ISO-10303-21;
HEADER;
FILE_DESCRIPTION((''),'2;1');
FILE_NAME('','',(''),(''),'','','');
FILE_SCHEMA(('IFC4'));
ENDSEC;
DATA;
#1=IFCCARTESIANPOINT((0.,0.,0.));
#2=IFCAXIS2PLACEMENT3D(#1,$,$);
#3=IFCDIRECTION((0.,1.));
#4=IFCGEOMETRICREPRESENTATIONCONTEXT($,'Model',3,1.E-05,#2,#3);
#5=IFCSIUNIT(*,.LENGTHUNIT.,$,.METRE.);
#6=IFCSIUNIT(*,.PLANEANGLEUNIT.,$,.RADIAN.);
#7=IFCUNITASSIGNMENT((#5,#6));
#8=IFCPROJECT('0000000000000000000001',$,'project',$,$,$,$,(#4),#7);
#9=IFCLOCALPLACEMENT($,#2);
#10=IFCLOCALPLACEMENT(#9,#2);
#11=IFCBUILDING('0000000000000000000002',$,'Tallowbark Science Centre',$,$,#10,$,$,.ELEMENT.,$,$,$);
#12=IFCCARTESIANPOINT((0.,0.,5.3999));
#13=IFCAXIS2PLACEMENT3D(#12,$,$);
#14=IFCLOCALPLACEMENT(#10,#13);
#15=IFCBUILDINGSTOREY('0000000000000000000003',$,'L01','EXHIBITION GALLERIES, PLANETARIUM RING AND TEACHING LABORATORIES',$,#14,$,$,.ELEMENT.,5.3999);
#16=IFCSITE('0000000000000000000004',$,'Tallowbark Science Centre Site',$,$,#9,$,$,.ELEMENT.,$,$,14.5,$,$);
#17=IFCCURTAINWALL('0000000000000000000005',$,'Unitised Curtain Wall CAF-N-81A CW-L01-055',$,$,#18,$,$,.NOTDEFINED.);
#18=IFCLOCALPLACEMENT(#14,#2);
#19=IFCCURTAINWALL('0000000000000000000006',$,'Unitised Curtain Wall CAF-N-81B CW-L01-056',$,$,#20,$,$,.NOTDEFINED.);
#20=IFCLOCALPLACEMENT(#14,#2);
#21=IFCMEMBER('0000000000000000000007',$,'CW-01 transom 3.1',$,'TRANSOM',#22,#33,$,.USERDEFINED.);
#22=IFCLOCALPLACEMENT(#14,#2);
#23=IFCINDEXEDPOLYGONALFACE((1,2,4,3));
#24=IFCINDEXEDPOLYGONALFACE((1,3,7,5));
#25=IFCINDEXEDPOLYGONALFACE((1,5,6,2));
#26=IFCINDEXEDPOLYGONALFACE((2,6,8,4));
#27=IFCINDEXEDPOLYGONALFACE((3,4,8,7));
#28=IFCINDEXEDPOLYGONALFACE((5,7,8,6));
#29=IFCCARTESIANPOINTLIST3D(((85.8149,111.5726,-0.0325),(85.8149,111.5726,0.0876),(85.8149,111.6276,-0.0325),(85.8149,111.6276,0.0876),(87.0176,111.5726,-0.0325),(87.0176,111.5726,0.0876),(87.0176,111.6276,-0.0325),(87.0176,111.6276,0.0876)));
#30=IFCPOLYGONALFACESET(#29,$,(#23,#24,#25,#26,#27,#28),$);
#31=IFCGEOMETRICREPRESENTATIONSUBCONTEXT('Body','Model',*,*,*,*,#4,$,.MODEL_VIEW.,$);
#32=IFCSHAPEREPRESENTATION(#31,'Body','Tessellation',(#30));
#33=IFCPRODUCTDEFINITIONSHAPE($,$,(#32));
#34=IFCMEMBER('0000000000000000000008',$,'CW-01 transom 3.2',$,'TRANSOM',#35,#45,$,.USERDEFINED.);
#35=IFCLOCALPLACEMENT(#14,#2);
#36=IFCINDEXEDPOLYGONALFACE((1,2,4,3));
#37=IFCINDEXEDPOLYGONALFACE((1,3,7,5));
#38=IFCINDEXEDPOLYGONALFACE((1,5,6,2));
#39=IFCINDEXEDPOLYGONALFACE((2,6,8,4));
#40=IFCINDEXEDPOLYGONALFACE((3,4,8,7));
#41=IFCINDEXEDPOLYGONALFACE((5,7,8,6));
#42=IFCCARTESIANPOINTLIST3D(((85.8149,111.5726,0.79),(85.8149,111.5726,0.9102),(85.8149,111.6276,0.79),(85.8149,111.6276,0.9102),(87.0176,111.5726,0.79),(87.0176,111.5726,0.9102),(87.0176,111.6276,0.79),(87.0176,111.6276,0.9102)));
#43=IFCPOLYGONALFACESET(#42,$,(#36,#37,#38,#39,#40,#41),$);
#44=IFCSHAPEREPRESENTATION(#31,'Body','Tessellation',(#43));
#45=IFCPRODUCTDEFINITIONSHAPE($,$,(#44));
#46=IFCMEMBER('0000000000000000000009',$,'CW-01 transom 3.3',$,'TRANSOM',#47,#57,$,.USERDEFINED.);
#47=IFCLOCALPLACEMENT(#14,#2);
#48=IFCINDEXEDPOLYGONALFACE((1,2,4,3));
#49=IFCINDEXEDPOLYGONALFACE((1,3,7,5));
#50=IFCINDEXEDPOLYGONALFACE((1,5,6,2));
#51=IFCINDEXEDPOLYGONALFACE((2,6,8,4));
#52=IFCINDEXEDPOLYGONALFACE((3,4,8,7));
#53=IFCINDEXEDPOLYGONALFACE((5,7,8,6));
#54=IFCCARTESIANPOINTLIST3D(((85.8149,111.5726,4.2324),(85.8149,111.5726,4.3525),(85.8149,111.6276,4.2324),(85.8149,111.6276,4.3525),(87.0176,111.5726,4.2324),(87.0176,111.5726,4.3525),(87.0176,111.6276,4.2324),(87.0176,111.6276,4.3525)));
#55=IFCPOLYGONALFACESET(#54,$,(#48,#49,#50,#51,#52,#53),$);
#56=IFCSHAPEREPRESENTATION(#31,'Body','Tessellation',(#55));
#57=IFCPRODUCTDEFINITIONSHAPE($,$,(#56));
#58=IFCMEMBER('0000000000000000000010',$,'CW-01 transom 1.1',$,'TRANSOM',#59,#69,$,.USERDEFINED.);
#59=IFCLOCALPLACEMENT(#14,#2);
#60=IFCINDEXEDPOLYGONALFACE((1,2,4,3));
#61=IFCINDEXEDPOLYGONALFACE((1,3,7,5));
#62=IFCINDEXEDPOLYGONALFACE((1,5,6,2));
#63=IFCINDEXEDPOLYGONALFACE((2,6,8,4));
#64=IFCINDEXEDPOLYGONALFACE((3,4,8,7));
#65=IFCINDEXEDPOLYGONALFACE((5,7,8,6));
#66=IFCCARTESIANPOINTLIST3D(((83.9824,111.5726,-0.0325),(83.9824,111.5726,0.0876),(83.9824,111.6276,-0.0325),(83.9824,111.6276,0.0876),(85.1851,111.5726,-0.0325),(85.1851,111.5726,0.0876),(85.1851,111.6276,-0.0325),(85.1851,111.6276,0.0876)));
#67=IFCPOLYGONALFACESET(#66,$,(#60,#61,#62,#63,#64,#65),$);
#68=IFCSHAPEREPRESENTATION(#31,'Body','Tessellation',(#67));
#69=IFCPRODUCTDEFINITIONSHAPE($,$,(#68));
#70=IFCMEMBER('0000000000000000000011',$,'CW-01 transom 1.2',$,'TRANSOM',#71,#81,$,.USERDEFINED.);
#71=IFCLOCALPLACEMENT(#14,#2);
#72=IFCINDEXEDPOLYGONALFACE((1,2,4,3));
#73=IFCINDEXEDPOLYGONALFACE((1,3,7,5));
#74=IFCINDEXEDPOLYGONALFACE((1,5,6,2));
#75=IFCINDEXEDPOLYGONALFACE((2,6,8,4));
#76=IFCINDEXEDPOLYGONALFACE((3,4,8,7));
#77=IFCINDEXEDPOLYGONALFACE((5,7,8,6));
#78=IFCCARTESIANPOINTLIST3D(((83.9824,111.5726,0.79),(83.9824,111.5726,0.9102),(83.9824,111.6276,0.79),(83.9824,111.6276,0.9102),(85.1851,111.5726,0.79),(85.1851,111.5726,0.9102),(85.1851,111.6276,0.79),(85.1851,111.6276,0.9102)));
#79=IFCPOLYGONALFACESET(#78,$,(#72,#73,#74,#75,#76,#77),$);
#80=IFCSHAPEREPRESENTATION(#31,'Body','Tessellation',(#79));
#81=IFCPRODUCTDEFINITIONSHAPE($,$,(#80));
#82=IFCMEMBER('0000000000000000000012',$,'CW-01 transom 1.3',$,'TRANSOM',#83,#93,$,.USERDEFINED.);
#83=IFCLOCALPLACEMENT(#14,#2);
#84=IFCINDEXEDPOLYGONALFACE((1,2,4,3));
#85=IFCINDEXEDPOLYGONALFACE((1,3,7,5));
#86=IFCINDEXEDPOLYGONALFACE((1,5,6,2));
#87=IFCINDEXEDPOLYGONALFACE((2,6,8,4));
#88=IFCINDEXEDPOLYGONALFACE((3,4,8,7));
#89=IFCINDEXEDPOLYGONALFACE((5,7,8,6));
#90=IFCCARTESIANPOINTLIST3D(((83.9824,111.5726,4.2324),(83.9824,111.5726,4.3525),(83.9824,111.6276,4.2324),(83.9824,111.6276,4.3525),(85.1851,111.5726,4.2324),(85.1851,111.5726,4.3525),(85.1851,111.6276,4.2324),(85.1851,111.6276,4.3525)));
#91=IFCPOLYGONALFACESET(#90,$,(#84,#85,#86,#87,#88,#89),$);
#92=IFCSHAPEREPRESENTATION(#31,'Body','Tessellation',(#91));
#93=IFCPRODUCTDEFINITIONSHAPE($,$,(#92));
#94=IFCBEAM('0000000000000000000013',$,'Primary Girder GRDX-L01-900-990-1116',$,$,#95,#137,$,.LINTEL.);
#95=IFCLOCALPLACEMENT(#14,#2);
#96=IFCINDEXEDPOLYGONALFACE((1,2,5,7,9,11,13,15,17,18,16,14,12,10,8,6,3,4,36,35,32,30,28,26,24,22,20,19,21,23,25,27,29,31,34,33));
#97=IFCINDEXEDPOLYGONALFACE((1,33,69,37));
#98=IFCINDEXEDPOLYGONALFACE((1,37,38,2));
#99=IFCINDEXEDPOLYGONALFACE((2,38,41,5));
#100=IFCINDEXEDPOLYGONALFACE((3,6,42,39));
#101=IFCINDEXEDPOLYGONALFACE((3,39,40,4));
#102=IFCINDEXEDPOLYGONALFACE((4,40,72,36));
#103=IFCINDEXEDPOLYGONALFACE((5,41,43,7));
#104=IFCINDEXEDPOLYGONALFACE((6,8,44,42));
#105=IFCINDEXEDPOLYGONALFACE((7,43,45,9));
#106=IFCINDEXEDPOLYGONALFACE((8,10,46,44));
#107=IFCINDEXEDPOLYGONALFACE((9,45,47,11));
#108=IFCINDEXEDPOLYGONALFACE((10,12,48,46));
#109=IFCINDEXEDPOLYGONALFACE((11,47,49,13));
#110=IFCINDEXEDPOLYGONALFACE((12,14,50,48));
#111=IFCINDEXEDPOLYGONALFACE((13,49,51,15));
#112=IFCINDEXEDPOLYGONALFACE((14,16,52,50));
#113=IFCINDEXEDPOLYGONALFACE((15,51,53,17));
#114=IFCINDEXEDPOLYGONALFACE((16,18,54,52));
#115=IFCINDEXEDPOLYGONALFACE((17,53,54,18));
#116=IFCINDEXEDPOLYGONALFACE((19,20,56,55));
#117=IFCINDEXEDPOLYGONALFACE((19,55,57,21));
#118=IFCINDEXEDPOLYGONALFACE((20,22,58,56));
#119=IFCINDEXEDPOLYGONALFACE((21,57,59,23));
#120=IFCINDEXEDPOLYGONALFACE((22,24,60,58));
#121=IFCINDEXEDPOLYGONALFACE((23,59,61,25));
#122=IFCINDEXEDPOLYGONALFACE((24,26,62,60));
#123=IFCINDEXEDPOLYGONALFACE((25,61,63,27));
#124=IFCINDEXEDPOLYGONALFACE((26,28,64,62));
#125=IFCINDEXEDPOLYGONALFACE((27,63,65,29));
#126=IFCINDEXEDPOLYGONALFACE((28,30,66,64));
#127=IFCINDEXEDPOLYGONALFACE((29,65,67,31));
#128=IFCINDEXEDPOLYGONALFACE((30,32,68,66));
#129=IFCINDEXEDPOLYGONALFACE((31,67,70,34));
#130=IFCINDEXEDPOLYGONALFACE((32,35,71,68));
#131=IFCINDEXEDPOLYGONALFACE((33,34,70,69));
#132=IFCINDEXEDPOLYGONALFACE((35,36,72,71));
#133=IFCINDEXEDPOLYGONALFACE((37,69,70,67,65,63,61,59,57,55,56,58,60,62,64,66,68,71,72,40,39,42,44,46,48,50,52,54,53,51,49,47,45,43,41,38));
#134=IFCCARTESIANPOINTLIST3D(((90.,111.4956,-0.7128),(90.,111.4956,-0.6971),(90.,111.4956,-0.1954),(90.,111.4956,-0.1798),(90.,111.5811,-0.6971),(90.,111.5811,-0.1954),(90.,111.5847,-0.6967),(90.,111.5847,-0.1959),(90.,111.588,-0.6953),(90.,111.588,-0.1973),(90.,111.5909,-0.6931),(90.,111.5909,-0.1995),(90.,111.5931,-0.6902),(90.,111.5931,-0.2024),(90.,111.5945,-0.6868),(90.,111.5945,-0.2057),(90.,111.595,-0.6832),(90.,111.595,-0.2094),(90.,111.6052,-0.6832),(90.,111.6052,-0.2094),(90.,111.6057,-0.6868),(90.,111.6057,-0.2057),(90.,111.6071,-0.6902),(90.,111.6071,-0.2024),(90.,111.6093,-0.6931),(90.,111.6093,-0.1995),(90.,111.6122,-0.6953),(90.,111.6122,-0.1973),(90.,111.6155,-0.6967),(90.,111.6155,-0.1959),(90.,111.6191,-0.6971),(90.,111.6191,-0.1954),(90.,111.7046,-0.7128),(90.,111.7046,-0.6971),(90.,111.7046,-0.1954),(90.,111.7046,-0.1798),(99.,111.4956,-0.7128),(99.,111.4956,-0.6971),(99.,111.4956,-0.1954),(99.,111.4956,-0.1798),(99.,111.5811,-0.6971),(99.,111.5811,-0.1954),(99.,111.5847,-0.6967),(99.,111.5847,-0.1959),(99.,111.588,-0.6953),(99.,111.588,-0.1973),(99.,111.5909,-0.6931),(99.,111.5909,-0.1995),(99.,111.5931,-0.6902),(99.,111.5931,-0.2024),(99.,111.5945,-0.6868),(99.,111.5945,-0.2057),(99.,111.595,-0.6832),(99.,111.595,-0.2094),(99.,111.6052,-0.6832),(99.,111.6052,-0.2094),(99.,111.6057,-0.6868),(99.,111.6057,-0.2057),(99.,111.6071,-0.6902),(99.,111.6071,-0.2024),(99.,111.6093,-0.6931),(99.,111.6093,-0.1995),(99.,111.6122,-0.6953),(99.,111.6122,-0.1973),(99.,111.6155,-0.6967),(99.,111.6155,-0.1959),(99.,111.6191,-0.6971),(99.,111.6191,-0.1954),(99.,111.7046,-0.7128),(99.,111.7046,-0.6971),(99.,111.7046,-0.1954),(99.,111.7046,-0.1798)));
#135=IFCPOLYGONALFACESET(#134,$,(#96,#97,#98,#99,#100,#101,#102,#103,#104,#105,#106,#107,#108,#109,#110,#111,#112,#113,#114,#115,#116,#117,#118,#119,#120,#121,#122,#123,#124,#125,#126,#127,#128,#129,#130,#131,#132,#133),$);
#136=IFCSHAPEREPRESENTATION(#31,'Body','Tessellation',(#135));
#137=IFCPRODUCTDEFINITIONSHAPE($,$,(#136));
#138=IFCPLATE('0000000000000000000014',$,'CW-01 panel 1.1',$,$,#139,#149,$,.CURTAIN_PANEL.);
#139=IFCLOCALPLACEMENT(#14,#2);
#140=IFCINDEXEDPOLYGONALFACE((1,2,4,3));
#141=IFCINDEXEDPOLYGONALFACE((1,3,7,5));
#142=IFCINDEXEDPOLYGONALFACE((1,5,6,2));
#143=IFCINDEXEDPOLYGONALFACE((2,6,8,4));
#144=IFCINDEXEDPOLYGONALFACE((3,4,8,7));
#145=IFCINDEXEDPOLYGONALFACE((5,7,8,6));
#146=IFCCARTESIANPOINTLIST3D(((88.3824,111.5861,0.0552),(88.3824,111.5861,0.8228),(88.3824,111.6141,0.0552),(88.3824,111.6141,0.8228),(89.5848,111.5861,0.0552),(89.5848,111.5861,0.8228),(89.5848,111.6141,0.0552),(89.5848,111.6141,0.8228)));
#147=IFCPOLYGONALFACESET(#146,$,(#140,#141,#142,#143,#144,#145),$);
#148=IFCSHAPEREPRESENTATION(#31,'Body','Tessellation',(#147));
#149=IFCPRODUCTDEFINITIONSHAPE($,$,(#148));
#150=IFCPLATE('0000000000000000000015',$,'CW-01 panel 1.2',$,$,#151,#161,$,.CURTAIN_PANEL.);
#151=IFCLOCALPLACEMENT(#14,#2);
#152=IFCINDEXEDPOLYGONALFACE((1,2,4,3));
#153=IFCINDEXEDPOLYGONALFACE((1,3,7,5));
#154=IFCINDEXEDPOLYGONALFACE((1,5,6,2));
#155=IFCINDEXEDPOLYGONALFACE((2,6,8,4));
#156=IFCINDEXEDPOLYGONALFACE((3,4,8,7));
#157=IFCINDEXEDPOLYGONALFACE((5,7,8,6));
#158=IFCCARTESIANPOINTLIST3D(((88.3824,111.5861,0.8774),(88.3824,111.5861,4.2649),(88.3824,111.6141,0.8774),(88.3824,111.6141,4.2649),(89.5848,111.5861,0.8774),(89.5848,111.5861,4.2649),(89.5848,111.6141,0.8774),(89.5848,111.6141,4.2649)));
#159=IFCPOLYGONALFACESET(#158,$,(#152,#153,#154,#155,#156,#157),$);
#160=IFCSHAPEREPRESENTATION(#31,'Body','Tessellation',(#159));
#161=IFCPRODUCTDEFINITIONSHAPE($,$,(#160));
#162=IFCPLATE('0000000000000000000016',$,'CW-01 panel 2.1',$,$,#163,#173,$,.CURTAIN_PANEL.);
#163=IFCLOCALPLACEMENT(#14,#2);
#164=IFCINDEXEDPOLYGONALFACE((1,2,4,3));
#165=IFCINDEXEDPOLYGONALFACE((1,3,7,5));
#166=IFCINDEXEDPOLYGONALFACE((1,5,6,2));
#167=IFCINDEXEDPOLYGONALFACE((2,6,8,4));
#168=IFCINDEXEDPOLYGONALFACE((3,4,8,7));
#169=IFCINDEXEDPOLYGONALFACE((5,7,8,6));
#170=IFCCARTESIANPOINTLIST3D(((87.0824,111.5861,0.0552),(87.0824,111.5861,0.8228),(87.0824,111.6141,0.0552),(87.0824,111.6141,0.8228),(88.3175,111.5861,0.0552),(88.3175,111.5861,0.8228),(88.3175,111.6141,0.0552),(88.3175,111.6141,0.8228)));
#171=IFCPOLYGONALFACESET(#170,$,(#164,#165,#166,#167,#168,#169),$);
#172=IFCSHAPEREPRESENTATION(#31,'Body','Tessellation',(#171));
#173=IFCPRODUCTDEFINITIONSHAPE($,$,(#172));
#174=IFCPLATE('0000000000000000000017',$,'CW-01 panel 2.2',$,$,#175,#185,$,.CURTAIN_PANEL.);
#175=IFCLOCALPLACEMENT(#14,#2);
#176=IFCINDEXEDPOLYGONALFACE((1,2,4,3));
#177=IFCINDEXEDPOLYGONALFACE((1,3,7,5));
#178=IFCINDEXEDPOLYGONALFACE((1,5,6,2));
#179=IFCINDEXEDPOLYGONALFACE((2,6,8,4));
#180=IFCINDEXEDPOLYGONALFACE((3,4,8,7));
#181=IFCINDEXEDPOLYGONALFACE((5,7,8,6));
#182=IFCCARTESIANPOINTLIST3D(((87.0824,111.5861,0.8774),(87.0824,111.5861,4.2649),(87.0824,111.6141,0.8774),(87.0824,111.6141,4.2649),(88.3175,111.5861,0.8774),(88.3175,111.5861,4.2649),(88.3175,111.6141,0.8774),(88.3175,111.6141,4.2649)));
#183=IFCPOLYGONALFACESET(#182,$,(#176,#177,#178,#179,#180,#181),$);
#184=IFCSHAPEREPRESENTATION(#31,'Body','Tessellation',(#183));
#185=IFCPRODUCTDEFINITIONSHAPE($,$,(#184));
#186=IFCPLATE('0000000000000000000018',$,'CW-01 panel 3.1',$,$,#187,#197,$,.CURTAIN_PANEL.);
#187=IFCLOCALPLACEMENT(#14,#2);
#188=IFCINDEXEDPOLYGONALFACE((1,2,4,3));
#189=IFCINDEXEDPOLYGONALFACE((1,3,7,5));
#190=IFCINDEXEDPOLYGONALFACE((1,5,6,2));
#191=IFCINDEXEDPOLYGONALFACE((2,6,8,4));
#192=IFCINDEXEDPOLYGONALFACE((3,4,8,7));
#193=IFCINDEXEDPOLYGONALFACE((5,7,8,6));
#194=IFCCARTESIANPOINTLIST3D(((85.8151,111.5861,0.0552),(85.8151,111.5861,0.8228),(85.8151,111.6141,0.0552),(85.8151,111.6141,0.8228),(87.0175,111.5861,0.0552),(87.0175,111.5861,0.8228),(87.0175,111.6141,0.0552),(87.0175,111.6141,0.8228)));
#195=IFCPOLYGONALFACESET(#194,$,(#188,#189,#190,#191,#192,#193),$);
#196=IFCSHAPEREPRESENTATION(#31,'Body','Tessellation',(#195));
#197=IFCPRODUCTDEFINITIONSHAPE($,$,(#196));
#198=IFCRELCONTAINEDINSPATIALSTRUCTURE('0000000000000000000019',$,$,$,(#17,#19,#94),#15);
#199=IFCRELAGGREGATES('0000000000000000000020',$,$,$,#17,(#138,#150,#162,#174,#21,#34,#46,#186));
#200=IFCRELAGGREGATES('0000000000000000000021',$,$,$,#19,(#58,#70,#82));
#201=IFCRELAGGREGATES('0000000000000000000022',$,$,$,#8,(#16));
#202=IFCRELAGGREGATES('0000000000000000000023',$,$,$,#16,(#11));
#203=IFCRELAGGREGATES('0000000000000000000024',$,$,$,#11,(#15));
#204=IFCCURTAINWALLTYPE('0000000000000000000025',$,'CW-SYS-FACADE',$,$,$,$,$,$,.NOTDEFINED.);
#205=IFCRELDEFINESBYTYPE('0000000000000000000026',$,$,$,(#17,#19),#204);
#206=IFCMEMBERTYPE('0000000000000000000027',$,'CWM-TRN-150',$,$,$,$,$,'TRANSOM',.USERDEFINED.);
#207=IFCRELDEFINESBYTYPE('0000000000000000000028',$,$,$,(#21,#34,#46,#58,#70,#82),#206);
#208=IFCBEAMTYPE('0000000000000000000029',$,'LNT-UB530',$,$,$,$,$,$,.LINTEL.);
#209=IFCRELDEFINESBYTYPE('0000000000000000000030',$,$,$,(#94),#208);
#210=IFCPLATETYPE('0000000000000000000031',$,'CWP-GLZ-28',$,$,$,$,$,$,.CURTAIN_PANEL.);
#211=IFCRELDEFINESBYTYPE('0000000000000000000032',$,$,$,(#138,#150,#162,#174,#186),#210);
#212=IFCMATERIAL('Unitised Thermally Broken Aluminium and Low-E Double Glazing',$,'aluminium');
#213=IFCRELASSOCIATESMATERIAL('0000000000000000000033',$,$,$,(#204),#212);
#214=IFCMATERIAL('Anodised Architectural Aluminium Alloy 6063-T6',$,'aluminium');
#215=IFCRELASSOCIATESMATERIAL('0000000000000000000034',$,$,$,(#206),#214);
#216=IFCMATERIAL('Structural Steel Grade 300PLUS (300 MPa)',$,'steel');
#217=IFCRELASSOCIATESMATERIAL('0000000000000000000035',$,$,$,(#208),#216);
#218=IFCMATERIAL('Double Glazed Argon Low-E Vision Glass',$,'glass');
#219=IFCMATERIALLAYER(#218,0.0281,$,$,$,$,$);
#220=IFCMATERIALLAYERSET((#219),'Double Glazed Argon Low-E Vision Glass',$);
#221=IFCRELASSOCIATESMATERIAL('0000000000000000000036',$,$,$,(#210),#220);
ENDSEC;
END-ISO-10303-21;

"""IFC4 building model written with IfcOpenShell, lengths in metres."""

from ifc_helpers import new_model, si_unit, direction, frame, origin, origin_2d, place, context, subcontext, project, spatial, rectangle, i_section, extrude, material, layer, layer_set, material_profile, profile_set, type_object, element, aggregate, save


model = new_model("IFC4")

# Units and contexts
model_context = context("Model", 3, precision=1e-05, world=origin(), true_north=direction((0.0, 1.0)))
body_context = subcontext(model_context, "Body", "Model", "MODEL_VIEW")
ifc_project = project(units=[si_unit("LENGTHUNIT", "METRE"), si_unit("PLANEANGLEUNIT", "RADIAN")], contexts=[model_context])

# Site, building, storey
site_placement = place(None, origin())
site = spatial("IfcSite", under=ifc_project, at=site_placement, Name="Tallowbark Science Centre Site", CompositionType="ELEMENT", RefElevation=14.5)
building_placement = place(site_placement, origin())
building = spatial("IfcBuilding", under=site, at=building_placement, Name="Tallowbark Science Centre", CompositionType="ELEMENT")
storey_placement = place(building_placement, frame((0.0, 0.0, 5.3999)))
storey = spatial("IfcBuildingStorey", under=building, at=storey_placement, Name="L01", Description="EXHIBITION GALLERIES, PLANETARIUM RING AND TEACHING LABORATORIES", CompositionType="ELEMENT", Elevation=5.3999)

# Shared definitions
ifc_material_1 = material(Name="Structural Steel Grade 300PLUS (300 MPa)", Category="steel")

# Curtain wall
ifc_material_2 = material(Name="Unitised Thermally Broken Aluminium and Low-E Double Glazing", Category="aluminium")
curtain_wall_type = type_object("IfcCurtainWallType", Name="CW-SYS-FACADE", PredefinedType="NOTDEFINED", material=ifc_material_2)
curtain_wall_1_placement = place(storey_placement, origin())
curtain_wall_1 = element("IfcCurtainWall", 1, at=curtain_wall_1_placement, inside=storey, type_object=curtain_wall_type, Name="Unitised Curtain Wall CAF-N-81A CW-L01-055", PredefinedType="NOTDEFINED")
ifc_material_3 = material(Name="Anodised Architectural Aluminium Alloy 6063-T6", Category="aluminium")

# Curtain wall
curtain_wall_2_placement = place(storey_placement, origin())
curtain_wall_2 = element("IfcCurtainWall", 2, at=curtain_wall_2_placement, inside=storey, type_object=curtain_wall_type, Name="Unitised Curtain Wall CAF-N-81B CW-L01-056", PredefinedType="NOTDEFINED")

# Members
ifc_material_profile_1 = material_profile(ifc_material_3, rectangle(XDim=0.0549, YDim=0.1201, at=origin_2d()), Name="ALU55x120")
ifc_profile_set_1 = profile_set([ifc_material_profile_1], Name="Anodised Architectural Aluminium Alloy 6063-T6")
member_type_1 = type_object("IfcMemberType", Name="CWM-TRN-150", ElementType="TRANSOM", PredefinedType="USERDEFINED", material=ifc_profile_set_1)
member_1_placement = place(storey_placement, frame((87.0176, 111.6001, 0.0276), z_axis=(-1.0, 0.0, 0.0), x_axis=(0.0, -1.0, 0.0)))
member_1 = element("IfcMember", 3, at=member_1_placement, type_object=member_type_1, Name="CW-01 transom 3.1", ObjectType="TRANSOM", PredefinedType="USERDEFINED", context=body_context, shape_type="SweptSolid", body=[
    extrude(rectangle(XDim=0.0549, YDim=0.1201, at=origin_2d()), origin(), (0.0, 0.0, 1.0), 1.2026),
])
member_2_placement = place(storey_placement, frame((87.0176, 111.6001, 0.8501), z_axis=(-1.0, 0.0, 0.0), x_axis=(0.0, -1.0, 0.0)))
member_2 = element("IfcMember", 4, at=member_2_placement, type_object=member_type_1, Name="CW-01 transom 3.2", ObjectType="TRANSOM", PredefinedType="USERDEFINED", context=body_context, shape_type="SweptSolid", body=[
    extrude(rectangle(XDim=0.0549, YDim=0.1201, at=origin_2d()), origin(), (0.0, 0.0, 1.0), 1.2026),
])
member_3_placement = place(storey_placement, frame((87.0176, 111.6001, 4.2925), z_axis=(-1.0, 0.0, 0.0), x_axis=(0.0, -1.0, 0.0)))
member_3 = element("IfcMember", 5, at=member_3_placement, type_object=member_type_1, Name="CW-01 transom 3.3", ObjectType="TRANSOM", PredefinedType="USERDEFINED", context=body_context, shape_type="SweptSolid", body=[
    extrude(rectangle(XDim=0.0549, YDim=0.1201, at=origin_2d()), origin(), (0.0, 0.0, 1.0), 1.2026),
])
member_4_placement = place(storey_placement, frame((85.1851, 111.6001, 0.0276), z_axis=(-1.0, 0.0, 0.0), x_axis=(0.0, -1.0, 0.0)))
member_4 = element("IfcMember", 6, at=member_4_placement, type_object=member_type_1, Name="CW-01 transom 1.1", ObjectType="TRANSOM", PredefinedType="USERDEFINED", context=body_context, shape_type="SweptSolid", body=[
    extrude(rectangle(XDim=0.0549, YDim=0.1201, at=origin_2d()), origin(), (0.0, 0.0, 1.0), 1.2026),
])
member_5_placement = place(storey_placement, frame((85.1851, 111.6001, 0.8501), z_axis=(-1.0, 0.0, 0.0), x_axis=(0.0, -1.0, 0.0)))
member_5 = element("IfcMember", 7, at=member_5_placement, type_object=member_type_1, Name="CW-01 transom 1.2", ObjectType="TRANSOM", PredefinedType="USERDEFINED", context=body_context, shape_type="SweptSolid", body=[
    extrude(rectangle(XDim=0.0549, YDim=0.1201, at=origin_2d()), origin(), (0.0, 0.0, 1.0), 1.2026),
])
member_6_placement = place(storey_placement, frame((85.1851, 111.6001, 4.2925), z_axis=(-1.0, 0.0, 0.0), x_axis=(0.0, -1.0, 0.0)))
member_6 = element("IfcMember", 8, at=member_6_placement, type_object=member_type_1, Name="CW-01 transom 1.3", ObjectType="TRANSOM", PredefinedType="USERDEFINED", context=body_context, shape_type="SweptSolid", body=[
    extrude(rectangle(XDim=0.0549, YDim=0.1201, at=origin_2d()), origin(), (0.0, 0.0, 1.0), 1.2026),
])

# Beam
ifc_material_profile_2 = material_profile(ifc_material_1, i_section(OverallWidth=0.209, OverallDepth=0.533, WebThickness=0.0103, FlangeThickness=0.0156, FilletRadius=0.0139, at=origin_2d()), Name="530UB92.4")
ifc_profile_set_2 = profile_set([ifc_material_profile_2], Name="Structural Steel Grade 300PLUS (300 MPa)")
beam_type = type_object("IfcBeamType", Name="LNT-UB530", PredefinedType="LINTEL", material=ifc_profile_set_2)
beam_placement = place(storey_placement, frame((90.0, 111.6001, -0.4463), z_axis=(1.0, 0.0, 0.0), x_axis=(0.0, 1.0, 0.0)))
element("IfcBeam", 9, at=beam_placement, inside=storey, type_object=beam_type, Name="Primary Girder GRDX-L01-900-990-1116", PredefinedType="LINTEL", context=body_context, shape_type="SweptSolid", body=[
    extrude(i_section(OverallWidth=0.209, OverallDepth=0.533, WebThickness=0.0103, FlangeThickness=0.0156, FilletRadius=0.0139, at=origin_2d()), origin(), (0.0, 0.0, 1.0), 9.0),
])

# Plates
ifc_material_4 = material(Name="Double Glazed Argon Low-E Vision Glass", Category="glass")
ifc_layer = layer(ifc_material_4, 0.0281)
ifc_layer_set = layer_set([ifc_layer], Name="Double Glazed Argon Low-E Vision Glass")
plate_type = type_object("IfcPlateType", Name="CWP-GLZ-28", PredefinedType="CURTAIN_PANEL", material=ifc_layer_set)
plate_1_placement = place(storey_placement, frame((88.9836, 111.6001, 0.0552), z_axis=(0.0, 0.0, 1.0), x_axis=(-1.0, 0.0, 0.0)))
plate_1 = element("IfcPlate", 10, at=plate_1_placement, type_object=plate_type, Name="CW-01 panel 1.1", PredefinedType="CURTAIN_PANEL", context=body_context, shape_type="SweptSolid", body=[
    extrude(rectangle(XDim=1.2024, YDim=0.0281, at=origin_2d()), origin(), (0.0, 0.0, 1.0), 0.7676),
])
plate_2_placement = place(storey_placement, frame((88.9836, 111.6001, 0.8774), z_axis=(0.0, 0.0, 1.0), x_axis=(-1.0, 0.0, 0.0)))
plate_2 = element("IfcPlate", 11, at=plate_2_placement, type_object=plate_type, Name="CW-01 panel 1.2", PredefinedType="CURTAIN_PANEL", context=body_context, shape_type="SweptSolid", body=[
    extrude(rectangle(XDim=1.2024, YDim=0.0281, at=origin_2d()), origin(), (0.0, 0.0, 1.0), 3.3875),
])
plate_3_placement = place(storey_placement, frame((87.7, 111.6001, 0.0552), z_axis=(0.0, 0.0, 1.0), x_axis=(-1.0, 0.0, 0.0)))
plate_3 = element("IfcPlate", 12, at=plate_3_placement, type_object=plate_type, Name="CW-01 panel 2.1", PredefinedType="CURTAIN_PANEL", context=body_context, shape_type="SweptSolid", body=[
    extrude(rectangle(XDim=1.2351, YDim=0.0281, at=origin_2d()), origin(), (0.0, 0.0, 1.0), 0.7676),
])
plate_4_placement = place(storey_placement, frame((87.7, 111.6001, 0.8774), z_axis=(0.0, 0.0, 1.0), x_axis=(-1.0, 0.0, 0.0)))
plate_4 = element("IfcPlate", 13, at=plate_4_placement, type_object=plate_type, Name="CW-01 panel 2.2", PredefinedType="CURTAIN_PANEL", context=body_context, shape_type="SweptSolid", body=[
    extrude(rectangle(XDim=1.2351, YDim=0.0281, at=origin_2d()), origin(), (0.0, 0.0, 1.0), 3.3875),
])
plate_5_placement = place(storey_placement, frame((86.4163, 111.6001, 0.0552), z_axis=(0.0, 0.0, 1.0), x_axis=(-1.0, 0.0, 0.0)))
plate_5 = element("IfcPlate", 14, at=plate_5_placement, type_object=plate_type, Name="CW-01 panel 3.1", PredefinedType="CURTAIN_PANEL", context=body_context, shape_type="SweptSolid", body=[
    extrude(rectangle(XDim=1.2024, YDim=0.0281, at=origin_2d()), origin(), (0.0, 0.0, 1.0), 0.7676),
])
aggregate(curtain_wall_1, [plate_1, plate_2, plate_3, plate_4, member_1, member_2, member_3, plate_5])
aggregate(curtain_wall_2, [member_4, member_5, member_6])

save(model, "model.ifc")
